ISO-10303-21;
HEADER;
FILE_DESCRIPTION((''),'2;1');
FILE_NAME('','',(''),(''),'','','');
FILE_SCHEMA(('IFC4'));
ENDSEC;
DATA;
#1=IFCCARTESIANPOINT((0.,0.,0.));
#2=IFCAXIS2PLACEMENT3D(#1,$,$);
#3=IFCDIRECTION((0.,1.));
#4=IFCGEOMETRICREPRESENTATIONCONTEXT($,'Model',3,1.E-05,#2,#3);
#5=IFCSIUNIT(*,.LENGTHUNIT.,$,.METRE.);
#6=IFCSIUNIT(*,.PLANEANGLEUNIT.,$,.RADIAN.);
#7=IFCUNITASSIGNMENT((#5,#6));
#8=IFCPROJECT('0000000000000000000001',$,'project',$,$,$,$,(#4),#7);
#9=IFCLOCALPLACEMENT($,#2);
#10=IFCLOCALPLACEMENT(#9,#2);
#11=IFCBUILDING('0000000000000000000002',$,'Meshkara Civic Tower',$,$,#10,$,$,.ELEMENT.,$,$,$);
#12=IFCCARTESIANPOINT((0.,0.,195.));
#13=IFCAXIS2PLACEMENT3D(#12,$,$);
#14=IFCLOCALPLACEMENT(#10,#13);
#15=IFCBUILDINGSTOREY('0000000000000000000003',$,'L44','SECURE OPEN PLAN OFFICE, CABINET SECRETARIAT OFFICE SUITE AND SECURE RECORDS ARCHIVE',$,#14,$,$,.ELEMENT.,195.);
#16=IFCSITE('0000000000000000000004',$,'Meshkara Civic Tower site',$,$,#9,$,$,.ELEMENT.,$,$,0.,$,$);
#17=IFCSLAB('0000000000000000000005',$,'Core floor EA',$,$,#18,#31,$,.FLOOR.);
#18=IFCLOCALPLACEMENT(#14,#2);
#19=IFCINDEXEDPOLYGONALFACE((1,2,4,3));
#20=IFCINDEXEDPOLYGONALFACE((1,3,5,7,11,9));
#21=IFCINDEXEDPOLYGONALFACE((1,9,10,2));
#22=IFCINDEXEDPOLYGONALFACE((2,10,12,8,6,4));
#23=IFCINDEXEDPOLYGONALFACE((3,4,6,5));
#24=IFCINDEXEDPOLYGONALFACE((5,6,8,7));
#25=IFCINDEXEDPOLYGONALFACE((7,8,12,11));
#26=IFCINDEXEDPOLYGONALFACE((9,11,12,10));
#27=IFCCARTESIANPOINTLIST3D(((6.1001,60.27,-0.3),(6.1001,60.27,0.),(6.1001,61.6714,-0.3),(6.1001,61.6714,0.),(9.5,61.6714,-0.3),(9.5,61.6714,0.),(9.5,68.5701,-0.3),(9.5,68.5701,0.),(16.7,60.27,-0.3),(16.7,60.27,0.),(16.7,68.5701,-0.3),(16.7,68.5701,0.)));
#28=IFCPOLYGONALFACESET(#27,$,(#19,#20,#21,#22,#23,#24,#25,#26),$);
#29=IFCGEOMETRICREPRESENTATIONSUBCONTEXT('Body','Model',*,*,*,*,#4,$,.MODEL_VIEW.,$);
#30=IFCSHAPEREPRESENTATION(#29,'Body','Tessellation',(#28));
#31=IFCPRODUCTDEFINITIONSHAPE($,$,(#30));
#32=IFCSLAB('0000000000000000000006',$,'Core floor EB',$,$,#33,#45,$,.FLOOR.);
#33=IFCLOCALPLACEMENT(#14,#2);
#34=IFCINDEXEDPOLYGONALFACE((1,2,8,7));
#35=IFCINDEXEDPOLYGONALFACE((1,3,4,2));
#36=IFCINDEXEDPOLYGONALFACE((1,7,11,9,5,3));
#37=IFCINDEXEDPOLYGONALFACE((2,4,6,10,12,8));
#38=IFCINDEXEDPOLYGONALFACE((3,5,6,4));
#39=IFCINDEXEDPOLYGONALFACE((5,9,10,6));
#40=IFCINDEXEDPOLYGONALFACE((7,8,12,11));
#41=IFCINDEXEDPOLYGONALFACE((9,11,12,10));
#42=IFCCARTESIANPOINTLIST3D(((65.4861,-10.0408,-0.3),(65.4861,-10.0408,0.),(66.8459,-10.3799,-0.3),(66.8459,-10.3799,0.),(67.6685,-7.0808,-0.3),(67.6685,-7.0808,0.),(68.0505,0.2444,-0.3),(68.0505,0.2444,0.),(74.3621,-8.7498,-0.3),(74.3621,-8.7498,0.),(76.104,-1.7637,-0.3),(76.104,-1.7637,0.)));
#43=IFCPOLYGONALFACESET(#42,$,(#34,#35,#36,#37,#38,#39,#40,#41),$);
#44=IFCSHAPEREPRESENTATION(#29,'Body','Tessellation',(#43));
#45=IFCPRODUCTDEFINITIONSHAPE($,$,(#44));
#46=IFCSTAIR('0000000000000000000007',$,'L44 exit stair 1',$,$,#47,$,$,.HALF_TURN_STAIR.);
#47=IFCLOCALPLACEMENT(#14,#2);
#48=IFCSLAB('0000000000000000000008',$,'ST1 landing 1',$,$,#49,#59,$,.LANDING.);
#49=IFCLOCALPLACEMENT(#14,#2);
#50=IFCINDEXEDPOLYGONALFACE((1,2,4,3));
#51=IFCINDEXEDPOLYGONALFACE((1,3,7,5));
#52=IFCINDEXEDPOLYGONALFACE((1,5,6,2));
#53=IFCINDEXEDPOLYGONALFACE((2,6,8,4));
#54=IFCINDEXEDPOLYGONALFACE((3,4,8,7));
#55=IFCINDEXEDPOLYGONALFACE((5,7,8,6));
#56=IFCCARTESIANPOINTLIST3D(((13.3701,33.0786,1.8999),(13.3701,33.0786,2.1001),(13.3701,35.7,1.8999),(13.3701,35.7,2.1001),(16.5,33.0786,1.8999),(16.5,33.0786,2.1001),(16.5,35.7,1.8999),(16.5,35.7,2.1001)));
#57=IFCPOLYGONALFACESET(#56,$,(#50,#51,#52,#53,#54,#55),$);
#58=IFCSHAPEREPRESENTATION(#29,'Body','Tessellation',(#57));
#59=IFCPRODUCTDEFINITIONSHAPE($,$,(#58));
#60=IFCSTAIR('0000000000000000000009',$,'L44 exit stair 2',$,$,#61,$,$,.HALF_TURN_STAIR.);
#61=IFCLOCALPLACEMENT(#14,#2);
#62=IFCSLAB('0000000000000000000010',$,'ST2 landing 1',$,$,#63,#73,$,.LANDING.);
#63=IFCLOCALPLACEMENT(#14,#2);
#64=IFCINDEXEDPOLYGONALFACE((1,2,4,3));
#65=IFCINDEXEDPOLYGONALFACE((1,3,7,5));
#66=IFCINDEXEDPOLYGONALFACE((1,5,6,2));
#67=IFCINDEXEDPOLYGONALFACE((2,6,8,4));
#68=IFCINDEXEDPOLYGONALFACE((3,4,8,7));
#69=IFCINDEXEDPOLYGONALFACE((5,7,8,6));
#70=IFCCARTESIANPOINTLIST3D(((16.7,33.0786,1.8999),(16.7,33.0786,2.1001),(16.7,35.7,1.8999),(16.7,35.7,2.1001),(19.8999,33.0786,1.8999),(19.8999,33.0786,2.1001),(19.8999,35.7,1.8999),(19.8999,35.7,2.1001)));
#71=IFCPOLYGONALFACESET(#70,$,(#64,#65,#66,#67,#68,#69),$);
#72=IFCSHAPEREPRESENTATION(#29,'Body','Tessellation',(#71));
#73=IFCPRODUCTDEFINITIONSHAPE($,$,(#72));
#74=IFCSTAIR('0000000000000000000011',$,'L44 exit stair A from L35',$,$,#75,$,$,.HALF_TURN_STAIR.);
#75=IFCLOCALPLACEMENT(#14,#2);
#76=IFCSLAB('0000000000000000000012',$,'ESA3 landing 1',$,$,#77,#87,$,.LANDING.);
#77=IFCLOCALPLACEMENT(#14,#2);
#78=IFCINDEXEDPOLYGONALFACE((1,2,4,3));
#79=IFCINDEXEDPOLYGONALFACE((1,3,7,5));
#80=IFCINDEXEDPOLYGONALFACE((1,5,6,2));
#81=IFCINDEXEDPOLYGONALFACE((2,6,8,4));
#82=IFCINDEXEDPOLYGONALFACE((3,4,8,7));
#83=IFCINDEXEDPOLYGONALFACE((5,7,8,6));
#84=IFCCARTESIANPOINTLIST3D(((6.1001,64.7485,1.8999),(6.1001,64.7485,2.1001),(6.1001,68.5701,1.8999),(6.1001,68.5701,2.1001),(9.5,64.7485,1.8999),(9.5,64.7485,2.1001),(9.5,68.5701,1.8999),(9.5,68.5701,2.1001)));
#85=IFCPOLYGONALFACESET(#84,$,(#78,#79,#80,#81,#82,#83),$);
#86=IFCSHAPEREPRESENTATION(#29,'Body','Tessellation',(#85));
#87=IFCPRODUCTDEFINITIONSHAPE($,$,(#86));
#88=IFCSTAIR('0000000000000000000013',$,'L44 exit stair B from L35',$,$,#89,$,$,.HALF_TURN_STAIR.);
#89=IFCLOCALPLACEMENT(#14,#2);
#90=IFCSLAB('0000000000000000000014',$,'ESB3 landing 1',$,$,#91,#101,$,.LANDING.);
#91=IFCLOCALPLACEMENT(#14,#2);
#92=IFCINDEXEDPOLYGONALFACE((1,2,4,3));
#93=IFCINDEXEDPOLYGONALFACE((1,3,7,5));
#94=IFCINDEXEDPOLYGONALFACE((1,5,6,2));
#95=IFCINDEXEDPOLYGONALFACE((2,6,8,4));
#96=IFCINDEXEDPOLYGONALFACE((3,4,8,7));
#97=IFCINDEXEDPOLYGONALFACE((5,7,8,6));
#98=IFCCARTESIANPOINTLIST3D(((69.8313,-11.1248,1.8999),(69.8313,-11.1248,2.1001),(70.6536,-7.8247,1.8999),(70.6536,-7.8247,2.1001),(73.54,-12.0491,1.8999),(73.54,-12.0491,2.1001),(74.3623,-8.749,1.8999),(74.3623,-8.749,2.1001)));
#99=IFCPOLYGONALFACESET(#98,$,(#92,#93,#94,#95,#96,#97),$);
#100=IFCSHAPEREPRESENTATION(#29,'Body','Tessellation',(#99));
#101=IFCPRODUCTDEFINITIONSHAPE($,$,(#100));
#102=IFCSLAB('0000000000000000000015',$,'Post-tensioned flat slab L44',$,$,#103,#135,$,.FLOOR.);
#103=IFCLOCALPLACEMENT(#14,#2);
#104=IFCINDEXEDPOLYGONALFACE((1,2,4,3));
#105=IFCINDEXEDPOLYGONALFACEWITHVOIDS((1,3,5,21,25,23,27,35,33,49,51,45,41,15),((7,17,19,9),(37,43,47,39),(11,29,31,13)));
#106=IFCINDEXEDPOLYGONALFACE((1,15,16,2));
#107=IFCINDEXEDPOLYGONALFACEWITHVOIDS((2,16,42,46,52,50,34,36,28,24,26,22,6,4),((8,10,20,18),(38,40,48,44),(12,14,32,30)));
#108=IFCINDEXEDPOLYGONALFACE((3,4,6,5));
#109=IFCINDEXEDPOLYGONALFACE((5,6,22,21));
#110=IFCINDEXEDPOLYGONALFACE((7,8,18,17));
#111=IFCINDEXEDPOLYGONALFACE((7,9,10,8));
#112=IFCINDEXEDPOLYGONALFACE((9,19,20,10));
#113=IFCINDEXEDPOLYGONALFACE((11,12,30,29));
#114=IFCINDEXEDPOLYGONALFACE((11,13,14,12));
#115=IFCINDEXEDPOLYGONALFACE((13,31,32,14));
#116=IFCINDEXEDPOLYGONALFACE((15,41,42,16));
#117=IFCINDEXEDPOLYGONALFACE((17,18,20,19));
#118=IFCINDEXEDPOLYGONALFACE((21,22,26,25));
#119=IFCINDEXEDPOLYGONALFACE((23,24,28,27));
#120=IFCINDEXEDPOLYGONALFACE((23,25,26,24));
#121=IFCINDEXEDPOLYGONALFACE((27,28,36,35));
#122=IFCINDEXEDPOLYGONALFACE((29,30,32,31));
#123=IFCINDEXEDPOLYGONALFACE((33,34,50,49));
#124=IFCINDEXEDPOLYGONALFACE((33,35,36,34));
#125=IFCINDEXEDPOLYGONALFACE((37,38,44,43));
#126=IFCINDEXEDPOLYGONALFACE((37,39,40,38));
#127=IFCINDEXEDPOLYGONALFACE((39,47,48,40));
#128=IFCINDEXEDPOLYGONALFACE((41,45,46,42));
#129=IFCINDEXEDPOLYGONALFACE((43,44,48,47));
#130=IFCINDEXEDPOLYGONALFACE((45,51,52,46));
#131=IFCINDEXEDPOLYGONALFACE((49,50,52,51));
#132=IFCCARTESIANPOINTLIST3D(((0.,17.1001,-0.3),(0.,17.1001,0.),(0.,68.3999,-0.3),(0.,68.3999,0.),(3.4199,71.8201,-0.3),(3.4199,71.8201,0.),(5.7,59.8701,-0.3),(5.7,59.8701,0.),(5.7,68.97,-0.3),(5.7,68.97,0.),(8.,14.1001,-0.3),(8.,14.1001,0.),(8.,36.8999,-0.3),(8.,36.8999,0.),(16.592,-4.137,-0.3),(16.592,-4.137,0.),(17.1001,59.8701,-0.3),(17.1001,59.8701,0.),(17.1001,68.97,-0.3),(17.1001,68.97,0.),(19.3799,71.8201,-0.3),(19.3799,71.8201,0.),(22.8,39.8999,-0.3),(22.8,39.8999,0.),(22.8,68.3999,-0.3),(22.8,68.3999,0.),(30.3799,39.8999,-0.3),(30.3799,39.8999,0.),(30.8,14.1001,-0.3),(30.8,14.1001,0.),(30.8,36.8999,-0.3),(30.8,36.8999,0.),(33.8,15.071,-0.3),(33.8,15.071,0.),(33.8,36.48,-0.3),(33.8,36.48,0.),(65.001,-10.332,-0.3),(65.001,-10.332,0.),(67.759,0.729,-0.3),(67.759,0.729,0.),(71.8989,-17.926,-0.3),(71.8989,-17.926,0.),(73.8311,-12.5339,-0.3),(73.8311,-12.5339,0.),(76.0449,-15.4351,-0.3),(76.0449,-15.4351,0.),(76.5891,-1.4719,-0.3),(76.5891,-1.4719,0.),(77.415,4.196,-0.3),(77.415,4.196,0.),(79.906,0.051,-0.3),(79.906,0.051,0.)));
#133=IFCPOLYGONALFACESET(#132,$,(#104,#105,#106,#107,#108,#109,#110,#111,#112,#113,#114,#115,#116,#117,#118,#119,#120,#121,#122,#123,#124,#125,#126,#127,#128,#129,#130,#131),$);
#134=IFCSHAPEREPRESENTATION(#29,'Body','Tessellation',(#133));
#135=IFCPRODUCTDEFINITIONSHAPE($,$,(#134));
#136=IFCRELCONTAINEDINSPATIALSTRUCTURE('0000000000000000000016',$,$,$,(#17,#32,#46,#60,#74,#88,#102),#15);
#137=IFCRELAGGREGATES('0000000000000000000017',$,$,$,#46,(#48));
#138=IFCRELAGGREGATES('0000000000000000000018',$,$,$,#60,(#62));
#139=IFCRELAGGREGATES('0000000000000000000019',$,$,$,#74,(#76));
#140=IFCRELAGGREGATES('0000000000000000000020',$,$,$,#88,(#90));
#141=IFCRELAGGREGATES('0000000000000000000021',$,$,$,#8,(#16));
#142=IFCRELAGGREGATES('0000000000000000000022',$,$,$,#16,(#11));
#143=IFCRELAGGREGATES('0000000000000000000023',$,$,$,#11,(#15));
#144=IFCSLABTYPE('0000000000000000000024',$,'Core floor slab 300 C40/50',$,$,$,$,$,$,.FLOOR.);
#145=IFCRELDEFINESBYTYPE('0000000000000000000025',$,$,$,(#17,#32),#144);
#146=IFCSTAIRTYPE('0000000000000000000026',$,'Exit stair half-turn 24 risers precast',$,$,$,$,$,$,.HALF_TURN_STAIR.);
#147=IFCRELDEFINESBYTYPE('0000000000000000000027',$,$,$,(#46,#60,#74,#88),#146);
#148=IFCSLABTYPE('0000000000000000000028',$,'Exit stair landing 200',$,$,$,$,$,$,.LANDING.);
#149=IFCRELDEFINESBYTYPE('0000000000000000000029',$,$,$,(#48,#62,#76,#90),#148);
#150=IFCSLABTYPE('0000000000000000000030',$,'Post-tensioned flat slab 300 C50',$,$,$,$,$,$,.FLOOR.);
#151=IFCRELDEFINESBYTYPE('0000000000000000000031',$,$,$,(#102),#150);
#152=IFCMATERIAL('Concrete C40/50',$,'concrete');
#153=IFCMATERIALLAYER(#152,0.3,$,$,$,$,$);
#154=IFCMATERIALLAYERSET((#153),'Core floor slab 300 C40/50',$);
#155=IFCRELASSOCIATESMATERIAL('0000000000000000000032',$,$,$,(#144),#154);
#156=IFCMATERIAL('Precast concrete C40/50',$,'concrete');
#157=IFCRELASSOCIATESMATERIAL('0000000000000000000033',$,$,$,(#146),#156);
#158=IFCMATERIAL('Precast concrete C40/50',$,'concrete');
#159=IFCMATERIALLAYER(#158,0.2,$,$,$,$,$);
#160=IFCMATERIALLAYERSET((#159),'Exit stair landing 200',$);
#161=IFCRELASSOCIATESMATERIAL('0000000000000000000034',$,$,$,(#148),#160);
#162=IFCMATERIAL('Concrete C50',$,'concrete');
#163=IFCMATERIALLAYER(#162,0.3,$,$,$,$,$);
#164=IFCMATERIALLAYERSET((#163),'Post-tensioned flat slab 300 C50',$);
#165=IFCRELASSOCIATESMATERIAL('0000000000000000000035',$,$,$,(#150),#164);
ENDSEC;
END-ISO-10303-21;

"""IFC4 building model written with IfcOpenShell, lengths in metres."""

from ifc_helpers import new_model, si_unit, direction, frame, origin, place, context, subcontext, project, spatial, polyline, outline, extrude, material, layer, layer_set, type_object, element, aggregate, save


model = new_model("IFC4")

# Units and contexts
model_context = context("Model", 3, precision=1e-05, world=origin(), true_north=direction((0.0, 1.0)))
body_context = subcontext(model_context, "Body", "Model", "MODEL_VIEW")
ifc_project = project(units=[si_unit("LENGTHUNIT", "METRE"), si_unit("PLANEANGLEUNIT", "RADIAN")], contexts=[model_context])

# Site, building, storey
site_placement = place(None, origin())
site = spatial("IfcSite", under=ifc_project, at=site_placement, Name="Meshkara Civic Tower site", CompositionType="ELEMENT", RefElevation=0.0)
building_placement = place(site_placement, origin())
building = spatial("IfcBuilding", under=site, at=building_placement, Name="Meshkara Civic Tower", CompositionType="ELEMENT")
storey_placement = place(building_placement, frame((0.0, 0.0, 195.0)))
storey = spatial("IfcBuildingStorey", under=building, at=storey_placement, Name="L44", Description="SECURE OPEN PLAN OFFICE, CABINET SECRETARIAT OFFICE SUITE AND SECURE RECORDS ARCHIVE", CompositionType="ELEMENT", Elevation=195.0)

# Slabs
ifc_material_1 = material(Name="Concrete C40/50", Category="concrete")
ifc_layer_1 = layer(ifc_material_1, 0.3)
ifc_layer_set_1 = layer_set([ifc_layer_1], Name="Core floor slab 300 C40/50")
slab_type_1 = type_object("IfcSlabType", Name="Core floor slab 300 C40/50", PredefinedType="FLOOR", material=ifc_layer_set_1)
slab_1_placement = place(storey_placement, frame((0.0, 0.0, -0.3)))
element("IfcSlab", 1, at=slab_1_placement, inside=storey, type_object=slab_type_1, Name="Core floor EA", PredefinedType="FLOOR", context=body_context, shape_type="SweptSolid", body=[
    extrude(outline(polyline([(16.7, 60.27), (16.7, 68.5701), (9.5, 68.5701), (9.5, 61.6714), (6.1001, 61.6714), (6.1001, 60.27), (16.7, 60.27)])), origin(), (0.0, 0.0, 1.0), 0.3),
])
slab_2_placement = place(storey_placement, frame((0.0, 0.0, -0.3)))
element("IfcSlab", 2, at=slab_2_placement, inside=storey, type_object=slab_type_1, Name="Core floor EB", PredefinedType="FLOOR", context=body_context, shape_type="SweptSolid", body=[
    extrude(outline(polyline([(68.0505, 0.2444), (76.104, -1.7637), (74.3621, -8.7498), (67.6685, -7.0808), (66.8459, -10.3799), (65.4861, -10.0408), (68.0505, 0.2444)])), origin(), (0.0, 0.0, 1.0), 0.3),
])

# Stairs, slabs
ifc_material_2 = material(Name="Precast concrete C40/50", Category="concrete")
stair_type = type_object("IfcStairType", Name="Exit stair half-turn 24 risers precast", PredefinedType="HALF_TURN_STAIR", material=ifc_material_2)
stair_1_placement = place(storey_placement, origin())
stair_1 = element("IfcStair", 3, at=stair_1_placement, inside=storey, type_object=stair_type, Name="L44 exit stair 1", PredefinedType="HALF_TURN_STAIR")
ifc_material_3 = material(Name="Precast concrete C40/50", Category="concrete")
ifc_layer_2 = layer(ifc_material_3, 0.2)
ifc_layer_set_2 = layer_set([ifc_layer_2], Name="Exit stair landing 200")
slab_type_2 = type_object("IfcSlabType", Name="Exit stair landing 200", PredefinedType="LANDING", material=ifc_layer_set_2)
slab_3_placement = place(storey_placement, frame((0.0, 0.0, 1.8999)))
slab_3 = element("IfcSlab", 4, at=slab_3_placement, type_object=slab_type_2, Name="ST1 landing 1", PredefinedType="LANDING", context=body_context, shape_type="SweptSolid", body=[
    extrude(outline(polyline([(16.5, 33.0786), (16.5, 35.7), (13.3701, 35.7), (13.3701, 33.0786), (16.5, 33.0786)])), origin(), (0.0, 0.0, 1.0), 0.2002),
])
aggregate(stair_1, [slab_3])
stair_2_placement = place(storey_placement, origin())
stair_2 = element("IfcStair", 5, at=stair_2_placement, inside=storey, type_object=stair_type, Name="L44 exit stair 2", PredefinedType="HALF_TURN_STAIR")
slab_4_placement = place(storey_placement, frame((0.0, 0.0, 1.8999)))
slab_4 = element("IfcSlab", 6, at=slab_4_placement, type_object=slab_type_2, Name="ST2 landing 1", PredefinedType="LANDING", context=body_context, shape_type="SweptSolid", body=[
    extrude(outline(polyline([(19.8999, 33.0786), (19.8999, 35.7), (16.7, 35.7), (16.7, 33.0786), (19.8999, 33.0786)])), origin(), (0.0, 0.0, 1.0), 0.2002),
])
aggregate(stair_2, [slab_4])
stair_3_placement = place(storey_placement, origin())
stair_3 = element("IfcStair", 7, at=stair_3_placement, inside=storey, type_object=stair_type, Name="L44 exit stair A from L35", PredefinedType="HALF_TURN_STAIR")
slab_5_placement = place(storey_placement, frame((0.0, 0.0, 1.8999)))
slab_5 = element("IfcSlab", 8, at=slab_5_placement, type_object=slab_type_2, Name="ESA3 landing 1", PredefinedType="LANDING", context=body_context, shape_type="SweptSolid", body=[
    extrude(outline(polyline([(9.5, 64.7485), (9.5, 68.5701), (6.1001, 68.5701), (6.1001, 64.7485), (9.5, 64.7485)])), origin(), (0.0, 0.0, 1.0), 0.2002),
])
aggregate(stair_3, [slab_5])
stair_4_placement = place(storey_placement, origin())
stair_4 = element("IfcStair", 9, at=stair_4_placement, inside=storey, type_object=stair_type, Name="L44 exit stair B from L35", PredefinedType="HALF_TURN_STAIR")
slab_6_placement = place(storey_placement, frame((0.0, 0.0, 1.8999)))
slab_6 = element("IfcSlab", 10, at=slab_6_placement, type_object=slab_type_2, Name="ESB3 landing 1", PredefinedType="LANDING", context=body_context, shape_type="SweptSolid", body=[
    extrude(outline(polyline([(69.8313, -11.1248), (73.54, -12.0491), (74.3623, -8.749), (70.6536, -7.8247), (69.8313, -11.1248)])), origin(), (0.0, 0.0, 1.0), 0.2002),
])
aggregate(stair_4, [slab_6])

# Slab
ifc_material_4 = material(Name="Concrete C50", Category="concrete")
ifc_layer_3 = layer(ifc_material_4, 0.3)
ifc_layer_set_3 = layer_set([ifc_layer_3], Name="Post-tensioned flat slab 300 C50")
slab_type_3 = type_object("IfcSlabType", Name="Post-tensioned flat slab 300 C50", PredefinedType="FLOOR", material=ifc_layer_set_3)
slab_7_placement = place(storey_placement, frame((0.0, 0.0, -0.3)))
element("IfcSlab", 11, at=slab_7_placement, inside=storey, type_object=slab_type_3, Name="Post-tensioned flat slab L44", PredefinedType="FLOOR", context=body_context, shape_type="SweptSolid", body=[
    extrude(outline(polyline([(76.0449, -15.4351), (71.8989, -17.926), (16.592, -4.137), (0.0, 17.1001), (0.0, 68.3999), (3.4199, 71.8201), (19.3799, 71.8201), (22.8, 68.3999), (22.8, 39.8999), (30.3799, 39.8999), (33.8, 36.48), (33.8, 15.071), (77.415, 4.196), (79.906, 0.051), (76.0449, -15.4351)]), holes=[polyline([(73.8311, -12.5339), (76.5891, -1.4719), (67.759, 0.729), (65.001, -10.332), (73.8311, -12.5339)]), polyline([(8.0, 14.1001), (30.8, 14.1001), (30.8, 36.8999), (8.0, 36.8999), (8.0, 14.1001)]), polyline([(5.7, 68.97), (5.7, 59.8701), (17.1001, 59.8701), (17.1001, 68.97), (5.7, 68.97)])]), origin(), (0.0, 0.0, 1.0), 0.3),
])

save(model, "model.ifc")
